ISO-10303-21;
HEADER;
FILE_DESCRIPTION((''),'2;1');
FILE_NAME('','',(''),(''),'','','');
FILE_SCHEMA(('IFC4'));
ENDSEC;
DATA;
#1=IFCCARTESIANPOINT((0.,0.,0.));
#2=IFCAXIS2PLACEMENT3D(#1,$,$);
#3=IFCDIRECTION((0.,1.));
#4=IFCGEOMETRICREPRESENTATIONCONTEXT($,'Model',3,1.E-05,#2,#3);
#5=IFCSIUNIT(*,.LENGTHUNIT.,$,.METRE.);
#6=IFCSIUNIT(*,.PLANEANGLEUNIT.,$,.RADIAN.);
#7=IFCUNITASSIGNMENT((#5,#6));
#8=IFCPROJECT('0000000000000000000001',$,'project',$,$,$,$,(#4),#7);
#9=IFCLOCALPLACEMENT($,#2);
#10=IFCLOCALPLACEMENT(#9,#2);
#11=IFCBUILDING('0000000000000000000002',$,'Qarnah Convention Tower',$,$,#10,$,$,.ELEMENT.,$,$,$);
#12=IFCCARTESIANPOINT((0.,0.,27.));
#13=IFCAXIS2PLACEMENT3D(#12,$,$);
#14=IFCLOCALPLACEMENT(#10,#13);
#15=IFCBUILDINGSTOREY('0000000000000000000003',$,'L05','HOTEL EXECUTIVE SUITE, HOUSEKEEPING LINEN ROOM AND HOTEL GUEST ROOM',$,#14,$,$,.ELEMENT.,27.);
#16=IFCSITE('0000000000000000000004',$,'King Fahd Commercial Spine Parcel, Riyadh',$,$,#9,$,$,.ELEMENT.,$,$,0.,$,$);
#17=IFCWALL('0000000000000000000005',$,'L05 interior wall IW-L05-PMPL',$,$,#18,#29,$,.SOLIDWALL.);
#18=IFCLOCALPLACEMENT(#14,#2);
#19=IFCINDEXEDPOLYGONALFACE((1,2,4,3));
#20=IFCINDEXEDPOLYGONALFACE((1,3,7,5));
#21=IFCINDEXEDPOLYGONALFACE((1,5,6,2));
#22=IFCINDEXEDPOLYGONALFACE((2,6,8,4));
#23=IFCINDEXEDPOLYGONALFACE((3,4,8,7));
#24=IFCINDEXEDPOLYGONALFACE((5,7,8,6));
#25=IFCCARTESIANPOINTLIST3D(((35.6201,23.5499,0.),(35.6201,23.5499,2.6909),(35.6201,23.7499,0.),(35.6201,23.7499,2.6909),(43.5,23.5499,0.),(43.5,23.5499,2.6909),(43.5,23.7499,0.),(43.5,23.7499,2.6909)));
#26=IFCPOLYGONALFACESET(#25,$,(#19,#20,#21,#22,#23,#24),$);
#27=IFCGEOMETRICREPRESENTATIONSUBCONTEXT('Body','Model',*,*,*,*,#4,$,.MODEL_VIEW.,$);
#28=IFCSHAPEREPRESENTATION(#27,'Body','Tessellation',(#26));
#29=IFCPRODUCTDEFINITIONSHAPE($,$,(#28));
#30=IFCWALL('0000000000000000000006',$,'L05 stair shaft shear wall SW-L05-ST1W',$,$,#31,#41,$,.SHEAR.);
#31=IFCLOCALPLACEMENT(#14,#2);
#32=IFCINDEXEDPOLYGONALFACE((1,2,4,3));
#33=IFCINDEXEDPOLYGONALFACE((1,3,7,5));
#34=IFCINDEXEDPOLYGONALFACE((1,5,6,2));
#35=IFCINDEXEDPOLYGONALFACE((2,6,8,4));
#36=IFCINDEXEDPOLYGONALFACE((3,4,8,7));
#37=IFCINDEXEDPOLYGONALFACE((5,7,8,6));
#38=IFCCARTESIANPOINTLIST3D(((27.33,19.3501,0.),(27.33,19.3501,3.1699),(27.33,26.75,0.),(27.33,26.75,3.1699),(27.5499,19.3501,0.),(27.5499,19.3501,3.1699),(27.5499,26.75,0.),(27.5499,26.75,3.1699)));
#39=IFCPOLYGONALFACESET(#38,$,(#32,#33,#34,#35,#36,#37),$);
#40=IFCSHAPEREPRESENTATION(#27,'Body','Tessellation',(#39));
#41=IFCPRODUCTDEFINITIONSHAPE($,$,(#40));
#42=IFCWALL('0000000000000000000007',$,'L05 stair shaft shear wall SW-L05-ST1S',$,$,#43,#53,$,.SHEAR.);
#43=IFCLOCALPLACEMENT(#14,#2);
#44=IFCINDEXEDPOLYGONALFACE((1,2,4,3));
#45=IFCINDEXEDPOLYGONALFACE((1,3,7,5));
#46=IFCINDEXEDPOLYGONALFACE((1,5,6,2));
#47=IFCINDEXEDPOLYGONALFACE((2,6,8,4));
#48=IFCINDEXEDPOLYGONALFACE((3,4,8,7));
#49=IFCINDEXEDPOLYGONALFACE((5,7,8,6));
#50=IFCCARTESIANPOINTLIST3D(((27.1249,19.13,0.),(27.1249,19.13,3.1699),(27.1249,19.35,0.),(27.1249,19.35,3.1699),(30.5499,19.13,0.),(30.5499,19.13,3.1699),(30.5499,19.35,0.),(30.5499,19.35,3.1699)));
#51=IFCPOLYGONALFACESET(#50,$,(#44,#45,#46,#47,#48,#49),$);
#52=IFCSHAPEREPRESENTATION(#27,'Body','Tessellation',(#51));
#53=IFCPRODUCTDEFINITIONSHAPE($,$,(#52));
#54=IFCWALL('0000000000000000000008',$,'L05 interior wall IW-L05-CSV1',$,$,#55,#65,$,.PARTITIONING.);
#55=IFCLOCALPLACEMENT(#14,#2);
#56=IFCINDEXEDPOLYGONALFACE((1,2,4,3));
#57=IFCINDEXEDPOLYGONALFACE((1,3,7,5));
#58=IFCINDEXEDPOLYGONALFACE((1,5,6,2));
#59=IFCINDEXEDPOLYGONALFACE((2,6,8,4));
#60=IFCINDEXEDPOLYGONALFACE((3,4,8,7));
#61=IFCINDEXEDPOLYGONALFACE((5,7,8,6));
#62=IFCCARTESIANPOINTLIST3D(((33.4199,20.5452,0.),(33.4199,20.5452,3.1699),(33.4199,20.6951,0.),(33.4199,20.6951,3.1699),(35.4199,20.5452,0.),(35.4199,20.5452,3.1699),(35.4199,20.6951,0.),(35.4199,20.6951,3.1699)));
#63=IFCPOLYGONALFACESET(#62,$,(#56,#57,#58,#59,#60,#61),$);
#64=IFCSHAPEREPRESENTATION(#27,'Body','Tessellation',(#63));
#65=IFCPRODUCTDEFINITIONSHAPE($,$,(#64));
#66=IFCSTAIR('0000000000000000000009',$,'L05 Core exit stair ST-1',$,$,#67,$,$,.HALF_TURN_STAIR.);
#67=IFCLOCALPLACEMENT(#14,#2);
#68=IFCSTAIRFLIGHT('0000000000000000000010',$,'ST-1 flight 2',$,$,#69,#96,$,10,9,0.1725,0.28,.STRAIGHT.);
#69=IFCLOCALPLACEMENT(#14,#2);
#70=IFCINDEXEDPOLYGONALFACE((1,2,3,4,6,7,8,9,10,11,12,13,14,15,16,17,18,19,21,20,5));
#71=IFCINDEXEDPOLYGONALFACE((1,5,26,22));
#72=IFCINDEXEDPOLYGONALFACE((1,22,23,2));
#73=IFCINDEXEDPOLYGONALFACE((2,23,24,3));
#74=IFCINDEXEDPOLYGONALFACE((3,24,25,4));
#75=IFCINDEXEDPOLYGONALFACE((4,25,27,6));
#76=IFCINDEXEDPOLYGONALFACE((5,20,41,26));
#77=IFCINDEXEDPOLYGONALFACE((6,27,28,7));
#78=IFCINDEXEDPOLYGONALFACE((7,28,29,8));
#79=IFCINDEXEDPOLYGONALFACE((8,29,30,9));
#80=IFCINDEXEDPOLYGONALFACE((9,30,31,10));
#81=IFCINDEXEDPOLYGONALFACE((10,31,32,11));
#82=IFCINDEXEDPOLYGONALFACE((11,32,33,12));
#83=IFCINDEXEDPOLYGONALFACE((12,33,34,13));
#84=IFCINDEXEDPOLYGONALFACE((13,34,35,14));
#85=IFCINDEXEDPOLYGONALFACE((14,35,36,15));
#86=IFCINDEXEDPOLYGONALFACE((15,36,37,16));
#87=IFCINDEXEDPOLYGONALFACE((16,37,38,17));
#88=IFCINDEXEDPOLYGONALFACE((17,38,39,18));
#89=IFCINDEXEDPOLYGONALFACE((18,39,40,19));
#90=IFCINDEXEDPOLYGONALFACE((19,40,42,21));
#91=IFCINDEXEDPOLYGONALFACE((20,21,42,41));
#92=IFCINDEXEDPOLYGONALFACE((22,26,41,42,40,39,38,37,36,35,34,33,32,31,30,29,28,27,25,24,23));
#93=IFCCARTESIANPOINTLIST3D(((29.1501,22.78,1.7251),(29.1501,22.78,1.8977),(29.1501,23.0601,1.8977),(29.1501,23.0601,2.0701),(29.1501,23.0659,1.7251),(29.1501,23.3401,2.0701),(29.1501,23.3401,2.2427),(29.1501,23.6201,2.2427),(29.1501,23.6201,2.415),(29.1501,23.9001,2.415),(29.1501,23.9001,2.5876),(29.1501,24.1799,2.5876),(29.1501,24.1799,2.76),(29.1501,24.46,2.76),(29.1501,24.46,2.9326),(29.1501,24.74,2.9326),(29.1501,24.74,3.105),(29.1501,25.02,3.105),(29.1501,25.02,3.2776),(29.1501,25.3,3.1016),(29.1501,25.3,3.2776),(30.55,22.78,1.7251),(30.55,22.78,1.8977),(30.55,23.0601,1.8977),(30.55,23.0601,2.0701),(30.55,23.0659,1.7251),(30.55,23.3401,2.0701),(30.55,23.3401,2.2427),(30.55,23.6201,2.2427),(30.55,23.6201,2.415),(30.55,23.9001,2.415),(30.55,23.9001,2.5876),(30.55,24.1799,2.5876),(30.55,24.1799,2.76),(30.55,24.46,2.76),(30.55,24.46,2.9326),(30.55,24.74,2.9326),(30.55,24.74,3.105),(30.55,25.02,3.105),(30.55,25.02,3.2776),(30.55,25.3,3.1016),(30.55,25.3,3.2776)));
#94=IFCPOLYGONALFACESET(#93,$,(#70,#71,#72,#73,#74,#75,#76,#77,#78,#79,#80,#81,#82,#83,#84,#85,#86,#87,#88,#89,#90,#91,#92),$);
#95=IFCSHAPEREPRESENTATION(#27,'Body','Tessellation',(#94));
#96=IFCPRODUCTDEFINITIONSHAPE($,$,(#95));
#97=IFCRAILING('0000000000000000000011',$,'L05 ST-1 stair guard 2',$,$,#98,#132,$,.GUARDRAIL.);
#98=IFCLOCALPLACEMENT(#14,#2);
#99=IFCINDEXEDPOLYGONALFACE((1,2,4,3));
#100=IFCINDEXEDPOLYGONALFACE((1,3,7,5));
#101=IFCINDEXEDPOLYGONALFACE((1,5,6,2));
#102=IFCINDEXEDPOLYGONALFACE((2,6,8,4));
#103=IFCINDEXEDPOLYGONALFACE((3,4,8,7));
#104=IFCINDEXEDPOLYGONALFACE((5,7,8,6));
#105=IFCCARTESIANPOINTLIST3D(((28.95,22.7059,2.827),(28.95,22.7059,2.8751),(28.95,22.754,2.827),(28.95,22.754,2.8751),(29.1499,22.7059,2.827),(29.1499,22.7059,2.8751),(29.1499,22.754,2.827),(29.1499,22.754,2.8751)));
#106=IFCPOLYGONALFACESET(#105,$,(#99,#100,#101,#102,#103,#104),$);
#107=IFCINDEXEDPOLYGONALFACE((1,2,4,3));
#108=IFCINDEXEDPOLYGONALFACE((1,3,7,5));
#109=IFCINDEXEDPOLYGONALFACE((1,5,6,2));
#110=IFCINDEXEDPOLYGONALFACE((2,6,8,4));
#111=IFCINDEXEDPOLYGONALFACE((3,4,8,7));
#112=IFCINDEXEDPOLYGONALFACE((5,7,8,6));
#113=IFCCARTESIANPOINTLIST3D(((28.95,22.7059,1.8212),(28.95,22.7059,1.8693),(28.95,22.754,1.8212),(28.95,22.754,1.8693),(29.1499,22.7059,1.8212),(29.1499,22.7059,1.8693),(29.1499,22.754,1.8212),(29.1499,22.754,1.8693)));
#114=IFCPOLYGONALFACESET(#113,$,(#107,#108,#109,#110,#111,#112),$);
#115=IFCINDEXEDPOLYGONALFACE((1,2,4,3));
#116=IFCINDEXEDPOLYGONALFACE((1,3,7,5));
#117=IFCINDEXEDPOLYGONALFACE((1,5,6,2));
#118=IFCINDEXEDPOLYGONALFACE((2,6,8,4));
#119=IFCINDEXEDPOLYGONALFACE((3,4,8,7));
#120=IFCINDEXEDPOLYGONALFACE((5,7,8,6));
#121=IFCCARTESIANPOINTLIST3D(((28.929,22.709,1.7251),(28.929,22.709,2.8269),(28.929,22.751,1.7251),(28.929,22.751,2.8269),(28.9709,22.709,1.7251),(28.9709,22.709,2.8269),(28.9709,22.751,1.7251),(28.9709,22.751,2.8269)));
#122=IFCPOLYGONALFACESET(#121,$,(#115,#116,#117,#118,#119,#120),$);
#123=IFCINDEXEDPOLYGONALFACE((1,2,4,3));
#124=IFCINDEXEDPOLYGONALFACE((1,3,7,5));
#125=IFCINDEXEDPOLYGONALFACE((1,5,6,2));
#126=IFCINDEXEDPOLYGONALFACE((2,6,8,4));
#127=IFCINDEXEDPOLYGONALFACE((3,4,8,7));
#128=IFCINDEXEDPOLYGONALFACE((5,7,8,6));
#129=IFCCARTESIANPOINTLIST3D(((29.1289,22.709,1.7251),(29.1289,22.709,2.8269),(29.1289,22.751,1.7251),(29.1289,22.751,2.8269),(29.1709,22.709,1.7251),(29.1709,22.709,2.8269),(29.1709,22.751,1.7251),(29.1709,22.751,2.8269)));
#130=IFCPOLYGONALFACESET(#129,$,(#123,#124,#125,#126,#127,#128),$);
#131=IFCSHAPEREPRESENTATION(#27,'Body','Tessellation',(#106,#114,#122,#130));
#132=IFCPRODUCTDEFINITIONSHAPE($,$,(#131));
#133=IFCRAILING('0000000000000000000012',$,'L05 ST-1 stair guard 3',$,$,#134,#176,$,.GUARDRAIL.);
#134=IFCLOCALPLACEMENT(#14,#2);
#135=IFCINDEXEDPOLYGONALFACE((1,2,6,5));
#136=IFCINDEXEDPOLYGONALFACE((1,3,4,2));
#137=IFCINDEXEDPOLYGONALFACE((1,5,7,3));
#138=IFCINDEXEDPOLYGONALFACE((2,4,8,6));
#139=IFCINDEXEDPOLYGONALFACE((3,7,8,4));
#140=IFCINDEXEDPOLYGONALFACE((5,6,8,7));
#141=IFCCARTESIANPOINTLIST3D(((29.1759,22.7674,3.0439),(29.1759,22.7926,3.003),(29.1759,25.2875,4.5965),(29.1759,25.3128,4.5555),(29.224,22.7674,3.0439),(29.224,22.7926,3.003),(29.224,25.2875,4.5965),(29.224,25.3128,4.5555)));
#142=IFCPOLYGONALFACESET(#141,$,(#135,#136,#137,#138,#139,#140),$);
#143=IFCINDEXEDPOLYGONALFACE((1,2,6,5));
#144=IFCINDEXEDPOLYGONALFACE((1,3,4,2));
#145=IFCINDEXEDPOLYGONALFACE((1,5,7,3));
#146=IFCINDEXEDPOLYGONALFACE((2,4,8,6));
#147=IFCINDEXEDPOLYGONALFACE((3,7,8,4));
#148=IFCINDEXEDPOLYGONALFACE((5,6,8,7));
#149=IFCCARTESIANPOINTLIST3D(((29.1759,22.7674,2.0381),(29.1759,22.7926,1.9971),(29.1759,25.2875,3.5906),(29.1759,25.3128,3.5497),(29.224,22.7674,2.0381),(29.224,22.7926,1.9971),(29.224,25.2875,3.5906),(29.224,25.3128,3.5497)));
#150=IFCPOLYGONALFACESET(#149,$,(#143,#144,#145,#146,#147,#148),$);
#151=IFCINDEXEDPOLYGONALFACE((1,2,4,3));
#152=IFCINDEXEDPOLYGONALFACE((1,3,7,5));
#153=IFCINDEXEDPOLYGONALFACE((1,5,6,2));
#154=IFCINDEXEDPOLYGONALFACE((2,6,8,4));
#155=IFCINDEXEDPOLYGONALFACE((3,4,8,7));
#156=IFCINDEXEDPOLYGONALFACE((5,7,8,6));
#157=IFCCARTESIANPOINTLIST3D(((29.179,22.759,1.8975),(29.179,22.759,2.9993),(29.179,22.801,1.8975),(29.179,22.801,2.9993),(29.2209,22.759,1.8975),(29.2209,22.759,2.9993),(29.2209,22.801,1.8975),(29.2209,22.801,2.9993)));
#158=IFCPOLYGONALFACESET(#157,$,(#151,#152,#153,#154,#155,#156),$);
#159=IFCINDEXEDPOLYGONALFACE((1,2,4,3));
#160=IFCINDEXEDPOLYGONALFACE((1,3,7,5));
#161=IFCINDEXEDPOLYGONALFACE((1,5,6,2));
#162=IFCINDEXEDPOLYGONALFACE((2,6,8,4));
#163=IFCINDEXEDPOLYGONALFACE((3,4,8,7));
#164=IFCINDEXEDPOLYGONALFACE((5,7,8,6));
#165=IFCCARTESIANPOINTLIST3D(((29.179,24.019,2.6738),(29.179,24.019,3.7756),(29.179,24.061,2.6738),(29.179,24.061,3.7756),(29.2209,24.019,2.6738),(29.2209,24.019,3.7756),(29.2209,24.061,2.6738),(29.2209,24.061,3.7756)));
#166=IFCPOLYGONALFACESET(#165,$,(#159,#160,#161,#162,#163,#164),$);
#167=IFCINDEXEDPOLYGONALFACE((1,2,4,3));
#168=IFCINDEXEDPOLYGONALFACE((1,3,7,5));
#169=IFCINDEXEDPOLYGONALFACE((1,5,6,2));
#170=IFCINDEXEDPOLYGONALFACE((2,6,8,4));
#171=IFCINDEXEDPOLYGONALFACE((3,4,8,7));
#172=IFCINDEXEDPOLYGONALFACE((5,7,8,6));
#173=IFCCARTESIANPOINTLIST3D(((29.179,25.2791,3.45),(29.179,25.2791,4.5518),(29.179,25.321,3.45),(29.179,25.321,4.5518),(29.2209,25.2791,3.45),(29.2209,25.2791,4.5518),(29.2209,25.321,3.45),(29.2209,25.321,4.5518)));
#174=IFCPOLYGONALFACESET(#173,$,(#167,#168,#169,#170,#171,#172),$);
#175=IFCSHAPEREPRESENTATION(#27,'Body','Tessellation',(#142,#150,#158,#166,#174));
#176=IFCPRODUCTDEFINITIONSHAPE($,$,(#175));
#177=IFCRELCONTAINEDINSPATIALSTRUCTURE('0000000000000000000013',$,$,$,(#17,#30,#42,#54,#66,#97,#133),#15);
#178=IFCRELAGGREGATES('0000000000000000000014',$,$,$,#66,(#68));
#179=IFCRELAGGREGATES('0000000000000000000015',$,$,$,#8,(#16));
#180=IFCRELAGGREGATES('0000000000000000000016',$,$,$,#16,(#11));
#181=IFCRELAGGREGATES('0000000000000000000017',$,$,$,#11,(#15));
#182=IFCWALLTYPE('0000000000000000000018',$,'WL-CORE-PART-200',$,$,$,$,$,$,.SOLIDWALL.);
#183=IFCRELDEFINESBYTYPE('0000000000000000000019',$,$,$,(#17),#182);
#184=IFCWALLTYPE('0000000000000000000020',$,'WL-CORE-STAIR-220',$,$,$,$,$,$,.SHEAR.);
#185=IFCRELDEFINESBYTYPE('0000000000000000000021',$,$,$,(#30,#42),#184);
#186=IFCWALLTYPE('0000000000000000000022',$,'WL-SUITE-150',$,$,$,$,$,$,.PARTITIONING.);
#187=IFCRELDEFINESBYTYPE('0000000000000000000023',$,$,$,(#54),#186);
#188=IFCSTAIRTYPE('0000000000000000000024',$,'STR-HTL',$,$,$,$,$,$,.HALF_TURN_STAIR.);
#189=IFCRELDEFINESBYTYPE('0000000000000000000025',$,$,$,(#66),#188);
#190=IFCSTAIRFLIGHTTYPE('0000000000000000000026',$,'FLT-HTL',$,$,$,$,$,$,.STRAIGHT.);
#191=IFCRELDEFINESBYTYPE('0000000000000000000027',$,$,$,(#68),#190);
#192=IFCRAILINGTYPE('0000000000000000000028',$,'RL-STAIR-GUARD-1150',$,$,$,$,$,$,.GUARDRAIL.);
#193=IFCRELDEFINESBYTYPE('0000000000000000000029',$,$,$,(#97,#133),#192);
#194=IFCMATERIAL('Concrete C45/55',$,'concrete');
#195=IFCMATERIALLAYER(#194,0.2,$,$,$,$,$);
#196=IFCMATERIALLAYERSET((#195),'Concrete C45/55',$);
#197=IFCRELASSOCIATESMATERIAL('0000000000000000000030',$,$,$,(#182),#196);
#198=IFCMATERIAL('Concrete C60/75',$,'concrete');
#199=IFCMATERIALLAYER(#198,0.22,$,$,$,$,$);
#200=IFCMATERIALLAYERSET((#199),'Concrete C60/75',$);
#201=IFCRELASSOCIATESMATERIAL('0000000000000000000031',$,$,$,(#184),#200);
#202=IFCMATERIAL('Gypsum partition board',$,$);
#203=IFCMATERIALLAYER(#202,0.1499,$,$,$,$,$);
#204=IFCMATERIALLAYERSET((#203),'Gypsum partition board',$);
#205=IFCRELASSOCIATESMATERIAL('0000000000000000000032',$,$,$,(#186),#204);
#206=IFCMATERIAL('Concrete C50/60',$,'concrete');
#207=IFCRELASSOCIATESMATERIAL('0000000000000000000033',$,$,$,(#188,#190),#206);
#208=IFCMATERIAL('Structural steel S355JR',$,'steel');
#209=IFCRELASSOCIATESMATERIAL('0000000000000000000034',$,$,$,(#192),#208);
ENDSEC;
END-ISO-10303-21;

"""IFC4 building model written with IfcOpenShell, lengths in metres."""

from ifc_helpers import new_model, si_unit, direction, frame, frame_2d, origin, origin_2d, place, context, subcontext, project, spatial, polyline, rectangle, outline, extrude, material, layer, layer_set, type_object, element, aggregate, save


model = new_model("IFC4")

# Units and contexts
model_context = context("Model", 3, precision=1e-05, world=origin(), true_north=direction((0.0, 1.0)))
body_context = subcontext(model_context, "Body", "Model", "MODEL_VIEW")
ifc_project = project(units=[si_unit("LENGTHUNIT", "METRE"), si_unit("PLANEANGLEUNIT", "RADIAN")], contexts=[model_context])

# Site, building, storey
site_placement = place(None, origin())
site = spatial("IfcSite", under=ifc_project, at=site_placement, Name="King Fahd Commercial Spine Parcel, Riyadh", CompositionType="ELEMENT", RefElevation=0.0)
building_placement = place(site_placement, origin())
building = spatial("IfcBuilding", under=site, at=building_placement, Name="Qarnah Convention Tower", CompositionType="ELEMENT")
storey_placement = place(building_placement, frame((0.0, 0.0, 27.0)))
storey = spatial("IfcBuildingStorey", under=building, at=storey_placement, Name="L05", Description="HOTEL EXECUTIVE SUITE, HOUSEKEEPING LINEN ROOM AND HOTEL GUEST ROOM", CompositionType="ELEMENT", Elevation=27.0)

# Shared definitions
ifc_material_1 = material(Name="Structural steel S355JR", Category="steel")

# Shared definitions
ifc_material_2 = material(Name="Concrete C45/55", Category="concrete")
ifc_layer_1 = layer(ifc_material_2, 0.2)
ifc_layer_set_1 = layer_set([ifc_layer_1], Name="Concrete C45/55")
wall_type_1 = type_object("IfcWallType", Name="WL-CORE-PART-200", PredefinedType="SOLIDWALL", material=ifc_layer_set_1)

# Wall
wall_1_placement = place(storey_placement, frame((35.6201, 23.6499, 0.0), z_axis=(0.0, 0.0, 1.0), x_axis=(1.0, 0.0, 0.0)))
element("IfcWall", 1, at=wall_1_placement, inside=storey, type_object=wall_type_1, Name="L05 interior wall IW-L05-PMPL", PredefinedType="SOLIDWALL", context=body_context, shape_type="SweptSolid", body=[
    extrude(rectangle(XDim=7.8799, YDim=0.2, at=frame_2d((3.9399, 0.0))), origin(), (0.0, 0.0, 1.0), 2.6909),
])

# Walls
ifc_material_3 = material(Name="Concrete C60/75", Category="concrete")
ifc_layer_2 = layer(ifc_material_3, 0.22)
ifc_layer_set_2 = layer_set([ifc_layer_2], Name="Concrete C60/75")
wall_type_2 = type_object("IfcWallType", Name="WL-CORE-STAIR-220", PredefinedType="SHEAR", material=ifc_layer_set_2)
wall_2_placement = place(storey_placement, frame((27.4399, 19.3501, 0.0), z_axis=(0.0, 0.0, 1.0), x_axis=(0.0, 1.0, 0.0)))
element("IfcWall", 2, at=wall_2_placement, inside=storey, type_object=wall_type_2, Name="L05 stair shaft shear wall SW-L05-ST1W", PredefinedType="SHEAR", context=body_context, shape_type="SweptSolid", body=[
    extrude(rectangle(XDim=7.3999, YDim=0.22, at=frame_2d((3.7, 0.0))), origin(), (0.0, 0.0, 1.0), 3.1699),
])
wall_3_placement = place(storey_placement, frame((27.125, 19.24, 0.0), z_axis=(0.0, 0.0, 1.0), x_axis=(1.0, 0.0, 0.0)))
element("IfcWall", 3, at=wall_3_placement, inside=storey, type_object=wall_type_2, Name="L05 stair shaft shear wall SW-L05-ST1S", PredefinedType="SHEAR", context=body_context, shape_type="SweptSolid", body=[
    extrude(rectangle(XDim=3.425, YDim=0.22, at=frame_2d((1.7124, 0.0))), origin(), (0.0, 0.0, 1.0), 3.1699),
])
ifc_material_4 = material(Name="Gypsum partition board")
ifc_layer_3 = layer(ifc_material_4, 0.1499)
ifc_layer_set_3 = layer_set([ifc_layer_3], Name="Gypsum partition board")
wall_type_3 = type_object("IfcWallType", Name="WL-SUITE-150", PredefinedType="PARTITIONING", material=ifc_layer_set_3)
wall_4_placement = place(storey_placement, frame((33.4199, 20.6201, 0.0), z_axis=(0.0, 0.0, 1.0), x_axis=(1.0, 0.0, 0.0)))
element("IfcWall", 4, at=wall_4_placement, inside=storey, type_object=wall_type_3, Name="L05 interior wall IW-L05-CSV1", PredefinedType="PARTITIONING", context=body_context, shape_type="SweptSolid", body=[
    extrude(rectangle(XDim=2.0, YDim=0.1499, at=frame_2d((1.0, 0.0))), origin(), (0.0, 0.0, 1.0), 3.1699),
])

# Stair, stair flight
ifc_material_5 = material(Name="Concrete C50/60", Category="concrete")
stair_type = type_object("IfcStairType", Name="STR-HTL", PredefinedType="HALF_TURN_STAIR", material=ifc_material_5)
stair_placement = place(storey_placement, origin())
stair = element("IfcStair", 5, at=stair_placement, inside=storey, type_object=stair_type, Name="L05 Core exit stair ST-1", PredefinedType="HALF_TURN_STAIR")
stair_flight_type = type_object("IfcStairFlightType", Name="FLT-HTL", PredefinedType="STRAIGHT", material=ifc_material_5)
stair_flight_placement = place(storey_placement, frame((29.8501, 22.78, 1.7251), z_axis=(0.0, 0.0, 1.0), x_axis=(0.0, 1.0, 0.0)))
stair_flight = element("IfcStairFlight", 6, at=stair_flight_placement, type_object=stair_flight_type, Name="ST-1 flight 2", NumberOfRisers=10, NumberOfTreads=9, PredefinedType="STRAIGHT", RiserHeight=0.1725, TreadLength=0.28, context=body_context, shape_type="SweptSolid", body=[
    extrude(outline(polyline([(0.0, 0.0), (0.0, 0.1726), (0.28, 0.1726), (0.28, 0.345), (0.5601, 0.345), (0.5601, 0.5176), (0.8401, 0.5176), (0.8401, 0.6899), (1.1201, 0.6899), (1.1201, 0.8625), (1.3999, 0.8625), (1.3999, 1.0349), (1.6799, 1.0349), (1.6799, 1.2075), (1.96, 1.2075), (1.96, 1.3799), (2.24, 1.3799), (2.24, 1.5525), (2.52, 1.5525), (2.52, 1.7251), (2.52, 1.3765), (0.2859, 0.0), (0.0, 0.0)])), frame((0.0, 0.7, 0.0), z_axis=(0.0, -1.0, 0.0), x_axis=(1.0, 0.0, 0.0)), (0.0, 0.0, 1.0), 1.3999),
])
aggregate(stair, [stair_flight])

# Railings
railing_type_1 = type_object("IfcRailingType", Name="RL-STAIR-GUARD-1150", PredefinedType="GUARDRAIL", material=ifc_material_1)
railing_1_placement = place(storey_placement, frame((28.95, 22.73, 1.7251)))
element("IfcRailing", 7, at=railing_1_placement, inside=storey, type_object=railing_type_1, Name="L05 ST-1 stair guard 2", PredefinedType="GUARDRAIL", context=body_context, shape_type="SweptSolid", body=[
    extrude(rectangle(XDim=0.0481, YDim=0.0481, at=origin_2d()), frame((0.0, 0.0, 1.126), z_axis=(1.0, 0.0, 0.0), x_axis=(0.0, 1.0, 0.0)), (0.0, 0.0, 1.0), 0.2),
    extrude(rectangle(XDim=0.0481, YDim=0.0481, at=origin_2d()), frame((0.0, 0.0, 0.1201), z_axis=(1.0, 0.0, 0.0), x_axis=(0.0, 1.0, 0.0)), (0.0, 0.0, 1.0), 0.2),
    extrude(rectangle(XDim=0.042, YDim=0.042, at=origin_2d()), origin(), (0.0, 0.0, 1.0), 1.1018),
    extrude(rectangle(XDim=0.042, YDim=0.042, at=origin_2d()), frame((0.2, 0.0, 0.0)), (0.0, 0.0, 1.0), 1.1018),
])
railing_2_placement = place(storey_placement, frame((29.2, 22.78, 1.8975)))
element("IfcRailing", 8, at=railing_2_placement, inside=storey, type_object=railing_type_1, Name="L05 ST-1 stair guard 3", PredefinedType="GUARDRAIL", context=body_context, shape_type="SweptSolid", body=[
    extrude(rectangle(XDim=0.0481, YDim=0.0481, at=origin_2d()), frame((0.0, 0.0, 1.126), z_axis=(0.0, 0.8514, 0.524516), x_axis=(-1.0, 0.0, 0.0)), (0.0, 0.0, 1.0), 2.96),
    extrude(rectangle(XDim=0.0481, YDim=0.0481, at=origin_2d()), frame((0.0, 0.0, 0.1201), z_axis=(0.0, 0.8514, 0.524516), x_axis=(-1.0, 0.0, 0.0)), (0.0, 0.0, 1.0), 2.96),
    extrude(rectangle(XDim=0.042, YDim=0.042, at=origin_2d()), origin(), (0.0, 0.0, 1.0), 1.1018),
    extrude(rectangle(XDim=0.042, YDim=0.042, at=origin_2d()), frame((0.0, 1.26, 0.7764)), (0.0, 0.0, 1.0), 1.1018),
    extrude(rectangle(XDim=0.042, YDim=0.042, at=origin_2d()), frame((0.0, 2.52, 1.5525)), (0.0, 0.0, 1.0), 1.1018),
])

save(model, "model.ifc")
